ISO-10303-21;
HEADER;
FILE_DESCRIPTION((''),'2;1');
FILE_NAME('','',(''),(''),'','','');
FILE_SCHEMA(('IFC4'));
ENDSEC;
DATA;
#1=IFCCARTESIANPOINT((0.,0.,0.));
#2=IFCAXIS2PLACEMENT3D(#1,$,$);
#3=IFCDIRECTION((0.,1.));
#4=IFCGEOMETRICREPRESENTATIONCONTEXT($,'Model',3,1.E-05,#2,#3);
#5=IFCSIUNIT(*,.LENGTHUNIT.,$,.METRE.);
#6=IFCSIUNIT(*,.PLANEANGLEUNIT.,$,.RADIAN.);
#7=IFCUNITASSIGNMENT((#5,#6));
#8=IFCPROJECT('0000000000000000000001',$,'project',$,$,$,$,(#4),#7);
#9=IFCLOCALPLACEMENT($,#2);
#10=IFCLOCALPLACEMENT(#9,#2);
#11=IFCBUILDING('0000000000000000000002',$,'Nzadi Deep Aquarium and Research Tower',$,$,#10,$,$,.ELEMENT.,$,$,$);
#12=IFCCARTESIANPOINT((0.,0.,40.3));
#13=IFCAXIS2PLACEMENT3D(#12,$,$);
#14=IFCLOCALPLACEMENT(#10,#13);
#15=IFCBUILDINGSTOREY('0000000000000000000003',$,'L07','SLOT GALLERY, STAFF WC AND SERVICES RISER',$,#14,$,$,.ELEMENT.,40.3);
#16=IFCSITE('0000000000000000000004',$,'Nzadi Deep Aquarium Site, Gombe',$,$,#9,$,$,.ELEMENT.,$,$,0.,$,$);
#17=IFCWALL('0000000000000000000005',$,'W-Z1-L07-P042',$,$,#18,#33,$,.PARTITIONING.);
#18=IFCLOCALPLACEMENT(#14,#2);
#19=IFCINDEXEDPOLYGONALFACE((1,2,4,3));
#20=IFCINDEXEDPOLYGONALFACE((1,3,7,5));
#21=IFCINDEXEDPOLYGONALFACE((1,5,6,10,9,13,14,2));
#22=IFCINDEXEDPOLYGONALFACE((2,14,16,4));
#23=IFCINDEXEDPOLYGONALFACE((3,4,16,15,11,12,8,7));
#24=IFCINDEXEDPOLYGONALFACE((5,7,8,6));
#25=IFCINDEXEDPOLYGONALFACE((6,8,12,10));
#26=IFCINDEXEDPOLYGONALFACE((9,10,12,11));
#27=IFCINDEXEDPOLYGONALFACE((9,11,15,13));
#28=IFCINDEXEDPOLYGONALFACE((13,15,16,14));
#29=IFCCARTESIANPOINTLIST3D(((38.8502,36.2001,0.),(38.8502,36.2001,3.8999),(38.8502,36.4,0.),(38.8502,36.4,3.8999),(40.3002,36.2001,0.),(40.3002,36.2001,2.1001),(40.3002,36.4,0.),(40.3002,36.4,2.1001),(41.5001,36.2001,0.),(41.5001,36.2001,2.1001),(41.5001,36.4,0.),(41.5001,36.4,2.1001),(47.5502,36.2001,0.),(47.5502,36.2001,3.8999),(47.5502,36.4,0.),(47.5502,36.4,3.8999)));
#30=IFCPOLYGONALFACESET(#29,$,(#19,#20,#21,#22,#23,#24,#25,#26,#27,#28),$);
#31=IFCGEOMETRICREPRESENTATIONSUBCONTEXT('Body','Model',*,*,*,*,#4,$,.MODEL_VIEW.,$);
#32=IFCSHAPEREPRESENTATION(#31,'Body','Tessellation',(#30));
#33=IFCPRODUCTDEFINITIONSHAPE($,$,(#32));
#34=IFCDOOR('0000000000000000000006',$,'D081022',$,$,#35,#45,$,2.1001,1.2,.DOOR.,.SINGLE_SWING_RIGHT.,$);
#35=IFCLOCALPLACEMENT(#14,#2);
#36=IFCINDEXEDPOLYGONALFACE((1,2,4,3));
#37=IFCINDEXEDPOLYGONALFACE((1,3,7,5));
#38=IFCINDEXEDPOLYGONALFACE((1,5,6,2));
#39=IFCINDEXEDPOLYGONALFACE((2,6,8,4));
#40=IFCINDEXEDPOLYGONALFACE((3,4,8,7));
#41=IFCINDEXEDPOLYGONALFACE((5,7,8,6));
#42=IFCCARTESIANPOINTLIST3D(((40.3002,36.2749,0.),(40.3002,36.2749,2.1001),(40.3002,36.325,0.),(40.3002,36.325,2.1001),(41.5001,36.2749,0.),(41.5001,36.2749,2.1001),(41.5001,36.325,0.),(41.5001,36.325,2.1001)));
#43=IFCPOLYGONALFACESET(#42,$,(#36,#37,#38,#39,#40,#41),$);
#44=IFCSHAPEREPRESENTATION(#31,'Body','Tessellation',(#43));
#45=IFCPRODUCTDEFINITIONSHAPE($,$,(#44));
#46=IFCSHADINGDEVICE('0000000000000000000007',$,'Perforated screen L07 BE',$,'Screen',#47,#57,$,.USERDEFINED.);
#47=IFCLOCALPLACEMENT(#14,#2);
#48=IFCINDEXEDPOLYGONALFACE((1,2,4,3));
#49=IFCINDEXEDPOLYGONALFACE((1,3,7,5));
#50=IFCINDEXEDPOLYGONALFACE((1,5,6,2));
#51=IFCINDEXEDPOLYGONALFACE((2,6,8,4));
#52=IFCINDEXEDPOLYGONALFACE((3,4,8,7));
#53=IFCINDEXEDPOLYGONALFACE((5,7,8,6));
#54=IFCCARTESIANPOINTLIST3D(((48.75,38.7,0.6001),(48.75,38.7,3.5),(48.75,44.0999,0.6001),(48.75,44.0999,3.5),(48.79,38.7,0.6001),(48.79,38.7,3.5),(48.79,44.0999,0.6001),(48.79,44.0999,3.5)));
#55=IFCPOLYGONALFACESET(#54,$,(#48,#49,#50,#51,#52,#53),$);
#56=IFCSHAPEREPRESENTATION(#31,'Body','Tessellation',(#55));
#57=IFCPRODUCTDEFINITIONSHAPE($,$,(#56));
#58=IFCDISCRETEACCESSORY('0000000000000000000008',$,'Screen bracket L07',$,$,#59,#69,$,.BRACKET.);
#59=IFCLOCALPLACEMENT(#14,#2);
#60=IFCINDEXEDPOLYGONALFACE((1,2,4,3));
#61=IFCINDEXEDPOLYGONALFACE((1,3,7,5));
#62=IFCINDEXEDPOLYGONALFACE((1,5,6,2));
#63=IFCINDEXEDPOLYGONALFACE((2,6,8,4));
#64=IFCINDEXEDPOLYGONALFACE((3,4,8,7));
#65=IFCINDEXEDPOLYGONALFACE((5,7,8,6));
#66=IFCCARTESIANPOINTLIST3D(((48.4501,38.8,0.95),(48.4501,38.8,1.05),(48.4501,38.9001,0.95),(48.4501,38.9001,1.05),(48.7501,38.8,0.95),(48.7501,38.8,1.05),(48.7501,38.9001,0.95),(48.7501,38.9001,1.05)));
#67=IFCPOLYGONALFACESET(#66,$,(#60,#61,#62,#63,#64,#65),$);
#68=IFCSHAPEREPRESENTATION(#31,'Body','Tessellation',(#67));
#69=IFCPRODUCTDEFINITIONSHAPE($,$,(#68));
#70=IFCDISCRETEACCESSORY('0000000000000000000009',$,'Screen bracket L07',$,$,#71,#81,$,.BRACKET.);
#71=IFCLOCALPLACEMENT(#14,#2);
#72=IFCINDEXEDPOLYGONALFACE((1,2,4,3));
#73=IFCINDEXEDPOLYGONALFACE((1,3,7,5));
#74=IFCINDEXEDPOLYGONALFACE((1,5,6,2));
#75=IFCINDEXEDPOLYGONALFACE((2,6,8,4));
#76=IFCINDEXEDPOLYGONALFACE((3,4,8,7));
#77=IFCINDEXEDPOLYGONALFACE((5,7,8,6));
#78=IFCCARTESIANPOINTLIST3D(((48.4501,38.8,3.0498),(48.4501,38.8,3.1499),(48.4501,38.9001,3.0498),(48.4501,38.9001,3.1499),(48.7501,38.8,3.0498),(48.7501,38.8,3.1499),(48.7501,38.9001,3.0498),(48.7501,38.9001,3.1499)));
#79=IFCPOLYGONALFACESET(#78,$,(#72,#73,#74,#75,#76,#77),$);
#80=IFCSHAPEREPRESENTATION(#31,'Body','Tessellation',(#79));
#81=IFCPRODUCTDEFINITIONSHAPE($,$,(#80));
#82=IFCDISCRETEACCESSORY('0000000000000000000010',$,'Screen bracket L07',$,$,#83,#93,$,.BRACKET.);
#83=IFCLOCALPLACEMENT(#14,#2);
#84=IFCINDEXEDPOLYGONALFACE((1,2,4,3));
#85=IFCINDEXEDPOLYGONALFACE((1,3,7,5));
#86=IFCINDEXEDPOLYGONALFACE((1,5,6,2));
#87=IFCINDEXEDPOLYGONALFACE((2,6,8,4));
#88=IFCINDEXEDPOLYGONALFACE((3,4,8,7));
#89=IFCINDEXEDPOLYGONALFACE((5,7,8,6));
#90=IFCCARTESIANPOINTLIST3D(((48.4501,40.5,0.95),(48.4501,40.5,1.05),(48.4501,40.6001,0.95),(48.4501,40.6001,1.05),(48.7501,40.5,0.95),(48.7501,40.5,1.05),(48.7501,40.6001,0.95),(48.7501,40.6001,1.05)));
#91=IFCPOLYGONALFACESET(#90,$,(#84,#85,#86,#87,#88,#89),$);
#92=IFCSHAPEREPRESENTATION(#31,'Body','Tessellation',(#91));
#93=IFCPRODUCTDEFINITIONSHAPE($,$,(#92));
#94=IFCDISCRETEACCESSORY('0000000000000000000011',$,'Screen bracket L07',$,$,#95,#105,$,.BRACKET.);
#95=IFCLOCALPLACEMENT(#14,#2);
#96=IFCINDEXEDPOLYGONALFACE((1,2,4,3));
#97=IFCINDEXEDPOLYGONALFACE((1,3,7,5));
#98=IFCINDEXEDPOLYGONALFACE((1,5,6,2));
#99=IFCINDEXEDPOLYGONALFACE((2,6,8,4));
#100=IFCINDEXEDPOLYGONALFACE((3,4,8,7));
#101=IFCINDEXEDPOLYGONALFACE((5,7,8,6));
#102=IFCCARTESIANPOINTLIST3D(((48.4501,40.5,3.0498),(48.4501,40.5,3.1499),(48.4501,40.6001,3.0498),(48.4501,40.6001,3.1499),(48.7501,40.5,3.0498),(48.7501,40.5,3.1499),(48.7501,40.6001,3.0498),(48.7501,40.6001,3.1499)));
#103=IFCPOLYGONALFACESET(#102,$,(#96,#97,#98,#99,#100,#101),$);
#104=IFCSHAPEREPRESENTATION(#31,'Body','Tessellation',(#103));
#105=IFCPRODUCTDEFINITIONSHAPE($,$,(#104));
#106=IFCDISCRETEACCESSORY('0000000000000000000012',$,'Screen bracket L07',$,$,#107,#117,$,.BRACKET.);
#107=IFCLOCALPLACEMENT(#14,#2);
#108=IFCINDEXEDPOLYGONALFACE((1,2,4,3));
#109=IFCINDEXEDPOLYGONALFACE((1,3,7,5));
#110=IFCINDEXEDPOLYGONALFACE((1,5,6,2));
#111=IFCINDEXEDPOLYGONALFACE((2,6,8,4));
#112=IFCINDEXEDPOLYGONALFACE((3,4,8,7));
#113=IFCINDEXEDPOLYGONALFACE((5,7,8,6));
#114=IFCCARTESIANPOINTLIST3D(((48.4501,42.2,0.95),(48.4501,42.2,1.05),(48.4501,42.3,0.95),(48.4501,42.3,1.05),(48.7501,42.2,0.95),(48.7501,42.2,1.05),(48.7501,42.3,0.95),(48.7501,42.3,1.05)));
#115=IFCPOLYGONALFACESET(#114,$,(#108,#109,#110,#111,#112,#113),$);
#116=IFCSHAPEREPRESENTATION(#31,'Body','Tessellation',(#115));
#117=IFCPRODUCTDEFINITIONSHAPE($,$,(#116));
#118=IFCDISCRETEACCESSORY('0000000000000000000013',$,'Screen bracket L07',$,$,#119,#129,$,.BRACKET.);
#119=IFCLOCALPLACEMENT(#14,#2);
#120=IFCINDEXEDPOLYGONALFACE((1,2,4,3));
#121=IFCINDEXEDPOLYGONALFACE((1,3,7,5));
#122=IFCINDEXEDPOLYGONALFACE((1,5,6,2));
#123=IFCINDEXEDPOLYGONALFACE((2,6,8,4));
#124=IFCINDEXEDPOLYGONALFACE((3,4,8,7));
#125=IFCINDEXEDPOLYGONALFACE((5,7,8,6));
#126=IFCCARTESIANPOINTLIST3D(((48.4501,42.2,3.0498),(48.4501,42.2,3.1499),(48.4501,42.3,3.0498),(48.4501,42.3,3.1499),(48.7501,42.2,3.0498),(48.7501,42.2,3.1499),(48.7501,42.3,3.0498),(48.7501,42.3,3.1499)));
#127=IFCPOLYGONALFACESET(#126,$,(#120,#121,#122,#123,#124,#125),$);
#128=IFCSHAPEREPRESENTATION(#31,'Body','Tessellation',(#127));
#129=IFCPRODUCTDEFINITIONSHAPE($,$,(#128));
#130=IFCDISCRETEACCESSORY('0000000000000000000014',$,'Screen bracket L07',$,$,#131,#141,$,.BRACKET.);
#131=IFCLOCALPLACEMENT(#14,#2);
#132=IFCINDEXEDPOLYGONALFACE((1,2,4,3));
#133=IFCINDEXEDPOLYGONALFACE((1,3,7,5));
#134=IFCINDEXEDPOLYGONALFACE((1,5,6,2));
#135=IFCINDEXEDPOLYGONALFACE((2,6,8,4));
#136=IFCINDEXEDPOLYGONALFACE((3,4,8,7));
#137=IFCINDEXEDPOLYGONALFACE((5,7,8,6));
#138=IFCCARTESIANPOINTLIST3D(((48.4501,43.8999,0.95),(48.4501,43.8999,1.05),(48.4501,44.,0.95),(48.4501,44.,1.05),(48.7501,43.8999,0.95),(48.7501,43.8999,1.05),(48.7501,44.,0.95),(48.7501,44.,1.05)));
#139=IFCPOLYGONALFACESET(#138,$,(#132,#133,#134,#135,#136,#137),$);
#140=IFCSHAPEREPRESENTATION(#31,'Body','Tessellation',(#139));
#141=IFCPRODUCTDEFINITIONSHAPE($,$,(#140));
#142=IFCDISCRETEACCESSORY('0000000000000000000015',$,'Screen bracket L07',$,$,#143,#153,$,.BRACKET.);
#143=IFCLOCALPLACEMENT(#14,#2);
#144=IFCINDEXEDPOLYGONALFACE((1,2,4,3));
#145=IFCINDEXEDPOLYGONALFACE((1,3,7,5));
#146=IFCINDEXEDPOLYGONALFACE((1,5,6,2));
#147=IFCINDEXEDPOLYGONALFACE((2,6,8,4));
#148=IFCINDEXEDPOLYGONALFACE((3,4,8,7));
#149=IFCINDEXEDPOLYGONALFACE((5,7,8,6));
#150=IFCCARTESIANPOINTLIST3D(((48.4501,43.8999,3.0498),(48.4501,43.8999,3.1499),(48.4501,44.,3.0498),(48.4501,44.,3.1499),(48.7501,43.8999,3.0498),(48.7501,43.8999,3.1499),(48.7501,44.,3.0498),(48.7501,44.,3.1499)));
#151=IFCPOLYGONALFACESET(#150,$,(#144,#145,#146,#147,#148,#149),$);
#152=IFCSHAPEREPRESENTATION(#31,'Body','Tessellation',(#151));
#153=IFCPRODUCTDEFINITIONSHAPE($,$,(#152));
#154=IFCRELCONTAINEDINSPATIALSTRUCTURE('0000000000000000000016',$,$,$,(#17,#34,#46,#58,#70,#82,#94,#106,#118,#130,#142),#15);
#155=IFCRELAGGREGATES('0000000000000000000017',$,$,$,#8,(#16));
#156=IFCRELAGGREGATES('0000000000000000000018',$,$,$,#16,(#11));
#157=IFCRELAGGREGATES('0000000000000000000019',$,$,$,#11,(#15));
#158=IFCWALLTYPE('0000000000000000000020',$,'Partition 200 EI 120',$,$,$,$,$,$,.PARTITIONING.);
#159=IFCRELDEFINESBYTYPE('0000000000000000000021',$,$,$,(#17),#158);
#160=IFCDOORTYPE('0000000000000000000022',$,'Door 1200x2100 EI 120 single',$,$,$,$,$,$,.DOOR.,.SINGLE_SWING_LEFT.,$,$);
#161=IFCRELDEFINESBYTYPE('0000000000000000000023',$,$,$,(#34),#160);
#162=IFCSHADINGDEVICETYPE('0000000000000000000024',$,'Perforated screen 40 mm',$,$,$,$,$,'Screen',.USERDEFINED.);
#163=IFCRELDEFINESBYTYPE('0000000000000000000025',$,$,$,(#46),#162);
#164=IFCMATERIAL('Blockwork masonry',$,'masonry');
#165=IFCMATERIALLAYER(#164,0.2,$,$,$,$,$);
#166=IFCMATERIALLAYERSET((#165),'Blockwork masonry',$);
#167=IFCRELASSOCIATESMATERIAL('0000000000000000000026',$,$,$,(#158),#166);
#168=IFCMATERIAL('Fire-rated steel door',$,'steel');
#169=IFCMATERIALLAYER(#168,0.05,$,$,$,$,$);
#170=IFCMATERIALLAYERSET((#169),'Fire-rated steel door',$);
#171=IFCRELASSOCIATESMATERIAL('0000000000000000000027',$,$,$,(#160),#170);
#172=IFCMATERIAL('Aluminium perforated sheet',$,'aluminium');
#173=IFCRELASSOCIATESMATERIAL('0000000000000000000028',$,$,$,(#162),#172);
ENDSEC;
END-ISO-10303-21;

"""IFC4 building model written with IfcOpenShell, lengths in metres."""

from ifc_helpers import new_model, si_unit, direction, frame, frame_2d, origin, origin_2d, place, context, subcontext, project, spatial, rectangle, extrude, material, layer, layer_set, type_object, element, fill, save


model = new_model("IFC4")

# Units and contexts
model_context = context("Model", 3, precision=1e-05, world=origin(), true_north=direction((0.0, 1.0)))
body_context = subcontext(model_context, "Body", "Model", "MODEL_VIEW")
ifc_project = project(units=[si_unit("LENGTHUNIT", "METRE"), si_unit("PLANEANGLEUNIT", "RADIAN")], contexts=[model_context])

# Site, building, storey
site_placement = place(None, origin())
site = spatial("IfcSite", under=ifc_project, at=site_placement, Name="Nzadi Deep Aquarium Site, Gombe", CompositionType="ELEMENT", RefElevation=0.0)
building_placement = place(site_placement, origin())
building = spatial("IfcBuilding", under=site, at=building_placement, Name="Nzadi Deep Aquarium and Research Tower", CompositionType="ELEMENT")
storey_placement = place(building_placement, frame((0.0, 0.0, 40.3)))
storey = spatial("IfcBuildingStorey", under=building, at=storey_placement, Name="L07", Description="SLOT GALLERY, STAFF WC AND SERVICES RISER", CompositionType="ELEMENT", Elevation=40.3)

# Wall, opening, door
ifc_material_1 = material(Name="Blockwork masonry", Category="masonry")
ifc_layer_1 = layer(ifc_material_1, 0.2)
ifc_layer_set_1 = layer_set([ifc_layer_1], Name="Blockwork masonry")
wall_type_1 = type_object("IfcWallType", Name="Partition 200 EI 120", PredefinedType="PARTITIONING", material=ifc_layer_set_1)
wall_1_placement = place(storey_placement, frame((38.8501, 36.3, 0.0), z_axis=(0.0, 0.0, 1.0), x_axis=(1.0, 0.0, 0.0)))
wall_1 = element("IfcWall", 1, at=wall_1_placement, inside=storey, type_object=wall_type_1, Name="W-Z1-L07-P042", PredefinedType="PARTITIONING", context=body_context, shape_type="SweptSolid", body=[
    extrude(rectangle(XDim=8.7, YDim=0.2, at=frame_2d((4.3501, 0.0))), origin(), (0.0, 0.0, 1.0), 3.8999),
])
opening_1_placement = place(wall_1_placement, frame((1.45, 0.0, 0.0)))
opening_1 = element("IfcOpeningElement", 2, at=opening_1_placement, cuts=wall_1, PredefinedType="OPENING", context=body_context, shape_type="SweptSolid", body=[
    extrude(rectangle(XDim=1.2, YDim=2.1001, at=frame_2d((0.6001, 1.05))), frame((0.0, 0.1101, 0.0), z_axis=(0.0, -1.0, 0.0), x_axis=(1.0, 0.0, 0.0)), (0.0, 0.0, 1.0), 0.2202),
])
ifc_material_2 = material(Name="Fire-rated steel door", Category="steel")
ifc_layer_2 = layer(ifc_material_2, 0.05)
ifc_layer_set_2 = layer_set([ifc_layer_2], Name="Fire-rated steel door")
door_type = type_object("IfcDoorType", Name="Door 1200x2100 EI 120 single", OperationType="SINGLE_SWING_LEFT", PredefinedType="DOOR", material=ifc_layer_set_2)
door_placement = place(opening_1_placement, origin())
door = element("IfcDoor", 3, at=door_placement, inside=storey, type_object=door_type, Name="D081022", OperationType="SINGLE_SWING_RIGHT", OverallHeight=2.1001, OverallWidth=1.2, PredefinedType="DOOR", context=body_context, shape_type="SweptSolid", body=[
    extrude(rectangle(XDim=1.2, YDim=2.1001, at=frame_2d((0.6001, 1.05))), frame((0.0, 0.0249, 0.0), z_axis=(0.0, -1.0, 0.0), x_axis=(1.0, 0.0, 0.0)), (0.0, 0.0, 1.0), 0.05),
])
fill(opening_1, door)

# Shading device
ifc_material_3 = material(Name="Aluminium perforated sheet", Category="aluminium")
shading_device_type = type_object("IfcShadingDeviceType", Name="Perforated screen 40 mm", ElementType="Screen", PredefinedType="USERDEFINED", material=ifc_material_3)
shading_device_placement = place(storey_placement, frame((48.77, 41.3999, 0.6001), z_axis=(0.0, 0.0, 1.0), x_axis=(1.0, 0.0, 0.0)))
element("IfcShadingDevice", 4, at=shading_device_placement, inside=storey, type_object=shading_device_type, Name="Perforated screen L07 BE", ObjectType="Screen", PredefinedType="USERDEFINED", context=body_context, shape_type="SweptSolid", body=[
    extrude(rectangle(XDim=0.04, YDim=5.3999, at=origin_2d()), origin(), (0.0, 0.0, 1.0), 2.8999),
])

# Discrete accessories
for number, where, z_axis, x_axis, name in (
    (5, (48.6001, 38.8501, 0.95), (0.0, 0.0, 1.0), (1.0, 0.0, 0.0), "Screen bracket L07"),
    (6, (48.6001, 38.8501, 3.0498), (0.0, 0.0, 1.0), (1.0, 0.0, 0.0), "Screen bracket L07"),
    (7, (48.6001, 40.55, 0.95), (0.0, 0.0, 1.0), (1.0, 0.0, 0.0), "Screen bracket L07"),
    (8, (48.6001, 40.55, 3.0498), (0.0, 0.0, 1.0), (1.0, 0.0, 0.0), "Screen bracket L07"),
    (9, (48.6001, 42.25, 0.95), (0.0, 0.0, 1.0), (1.0, 0.0, 0.0), "Screen bracket L07"),
    (10, (48.6001, 42.25, 3.0498), (0.0, 0.0, 1.0), (1.0, 0.0, 0.0), "Screen bracket L07"),
    (11, (48.6001, 43.95, 0.95), (0.0, 0.0, 1.0), (1.0, 0.0, 0.0), "Screen bracket L07"),
    (12, (48.6001, 43.95, 3.0498), (0.0, 0.0, 1.0), (1.0, 0.0, 0.0), "Screen bracket L07"),
):
    element("IfcDiscreteAccessory", number, at=place(storey_placement, frame(where, z_axis=z_axis, x_axis=x_axis)), inside=storey, Name=name, PredefinedType="BRACKET", context=body_context, shape_type="SweptSolid", body=[
        extrude(rectangle(XDim=0.3, YDim=0.1001, at=origin_2d()), origin(), (0.0, 0.0, 1.0), 0.1001),
    ])

save(model, "model.ifc")
